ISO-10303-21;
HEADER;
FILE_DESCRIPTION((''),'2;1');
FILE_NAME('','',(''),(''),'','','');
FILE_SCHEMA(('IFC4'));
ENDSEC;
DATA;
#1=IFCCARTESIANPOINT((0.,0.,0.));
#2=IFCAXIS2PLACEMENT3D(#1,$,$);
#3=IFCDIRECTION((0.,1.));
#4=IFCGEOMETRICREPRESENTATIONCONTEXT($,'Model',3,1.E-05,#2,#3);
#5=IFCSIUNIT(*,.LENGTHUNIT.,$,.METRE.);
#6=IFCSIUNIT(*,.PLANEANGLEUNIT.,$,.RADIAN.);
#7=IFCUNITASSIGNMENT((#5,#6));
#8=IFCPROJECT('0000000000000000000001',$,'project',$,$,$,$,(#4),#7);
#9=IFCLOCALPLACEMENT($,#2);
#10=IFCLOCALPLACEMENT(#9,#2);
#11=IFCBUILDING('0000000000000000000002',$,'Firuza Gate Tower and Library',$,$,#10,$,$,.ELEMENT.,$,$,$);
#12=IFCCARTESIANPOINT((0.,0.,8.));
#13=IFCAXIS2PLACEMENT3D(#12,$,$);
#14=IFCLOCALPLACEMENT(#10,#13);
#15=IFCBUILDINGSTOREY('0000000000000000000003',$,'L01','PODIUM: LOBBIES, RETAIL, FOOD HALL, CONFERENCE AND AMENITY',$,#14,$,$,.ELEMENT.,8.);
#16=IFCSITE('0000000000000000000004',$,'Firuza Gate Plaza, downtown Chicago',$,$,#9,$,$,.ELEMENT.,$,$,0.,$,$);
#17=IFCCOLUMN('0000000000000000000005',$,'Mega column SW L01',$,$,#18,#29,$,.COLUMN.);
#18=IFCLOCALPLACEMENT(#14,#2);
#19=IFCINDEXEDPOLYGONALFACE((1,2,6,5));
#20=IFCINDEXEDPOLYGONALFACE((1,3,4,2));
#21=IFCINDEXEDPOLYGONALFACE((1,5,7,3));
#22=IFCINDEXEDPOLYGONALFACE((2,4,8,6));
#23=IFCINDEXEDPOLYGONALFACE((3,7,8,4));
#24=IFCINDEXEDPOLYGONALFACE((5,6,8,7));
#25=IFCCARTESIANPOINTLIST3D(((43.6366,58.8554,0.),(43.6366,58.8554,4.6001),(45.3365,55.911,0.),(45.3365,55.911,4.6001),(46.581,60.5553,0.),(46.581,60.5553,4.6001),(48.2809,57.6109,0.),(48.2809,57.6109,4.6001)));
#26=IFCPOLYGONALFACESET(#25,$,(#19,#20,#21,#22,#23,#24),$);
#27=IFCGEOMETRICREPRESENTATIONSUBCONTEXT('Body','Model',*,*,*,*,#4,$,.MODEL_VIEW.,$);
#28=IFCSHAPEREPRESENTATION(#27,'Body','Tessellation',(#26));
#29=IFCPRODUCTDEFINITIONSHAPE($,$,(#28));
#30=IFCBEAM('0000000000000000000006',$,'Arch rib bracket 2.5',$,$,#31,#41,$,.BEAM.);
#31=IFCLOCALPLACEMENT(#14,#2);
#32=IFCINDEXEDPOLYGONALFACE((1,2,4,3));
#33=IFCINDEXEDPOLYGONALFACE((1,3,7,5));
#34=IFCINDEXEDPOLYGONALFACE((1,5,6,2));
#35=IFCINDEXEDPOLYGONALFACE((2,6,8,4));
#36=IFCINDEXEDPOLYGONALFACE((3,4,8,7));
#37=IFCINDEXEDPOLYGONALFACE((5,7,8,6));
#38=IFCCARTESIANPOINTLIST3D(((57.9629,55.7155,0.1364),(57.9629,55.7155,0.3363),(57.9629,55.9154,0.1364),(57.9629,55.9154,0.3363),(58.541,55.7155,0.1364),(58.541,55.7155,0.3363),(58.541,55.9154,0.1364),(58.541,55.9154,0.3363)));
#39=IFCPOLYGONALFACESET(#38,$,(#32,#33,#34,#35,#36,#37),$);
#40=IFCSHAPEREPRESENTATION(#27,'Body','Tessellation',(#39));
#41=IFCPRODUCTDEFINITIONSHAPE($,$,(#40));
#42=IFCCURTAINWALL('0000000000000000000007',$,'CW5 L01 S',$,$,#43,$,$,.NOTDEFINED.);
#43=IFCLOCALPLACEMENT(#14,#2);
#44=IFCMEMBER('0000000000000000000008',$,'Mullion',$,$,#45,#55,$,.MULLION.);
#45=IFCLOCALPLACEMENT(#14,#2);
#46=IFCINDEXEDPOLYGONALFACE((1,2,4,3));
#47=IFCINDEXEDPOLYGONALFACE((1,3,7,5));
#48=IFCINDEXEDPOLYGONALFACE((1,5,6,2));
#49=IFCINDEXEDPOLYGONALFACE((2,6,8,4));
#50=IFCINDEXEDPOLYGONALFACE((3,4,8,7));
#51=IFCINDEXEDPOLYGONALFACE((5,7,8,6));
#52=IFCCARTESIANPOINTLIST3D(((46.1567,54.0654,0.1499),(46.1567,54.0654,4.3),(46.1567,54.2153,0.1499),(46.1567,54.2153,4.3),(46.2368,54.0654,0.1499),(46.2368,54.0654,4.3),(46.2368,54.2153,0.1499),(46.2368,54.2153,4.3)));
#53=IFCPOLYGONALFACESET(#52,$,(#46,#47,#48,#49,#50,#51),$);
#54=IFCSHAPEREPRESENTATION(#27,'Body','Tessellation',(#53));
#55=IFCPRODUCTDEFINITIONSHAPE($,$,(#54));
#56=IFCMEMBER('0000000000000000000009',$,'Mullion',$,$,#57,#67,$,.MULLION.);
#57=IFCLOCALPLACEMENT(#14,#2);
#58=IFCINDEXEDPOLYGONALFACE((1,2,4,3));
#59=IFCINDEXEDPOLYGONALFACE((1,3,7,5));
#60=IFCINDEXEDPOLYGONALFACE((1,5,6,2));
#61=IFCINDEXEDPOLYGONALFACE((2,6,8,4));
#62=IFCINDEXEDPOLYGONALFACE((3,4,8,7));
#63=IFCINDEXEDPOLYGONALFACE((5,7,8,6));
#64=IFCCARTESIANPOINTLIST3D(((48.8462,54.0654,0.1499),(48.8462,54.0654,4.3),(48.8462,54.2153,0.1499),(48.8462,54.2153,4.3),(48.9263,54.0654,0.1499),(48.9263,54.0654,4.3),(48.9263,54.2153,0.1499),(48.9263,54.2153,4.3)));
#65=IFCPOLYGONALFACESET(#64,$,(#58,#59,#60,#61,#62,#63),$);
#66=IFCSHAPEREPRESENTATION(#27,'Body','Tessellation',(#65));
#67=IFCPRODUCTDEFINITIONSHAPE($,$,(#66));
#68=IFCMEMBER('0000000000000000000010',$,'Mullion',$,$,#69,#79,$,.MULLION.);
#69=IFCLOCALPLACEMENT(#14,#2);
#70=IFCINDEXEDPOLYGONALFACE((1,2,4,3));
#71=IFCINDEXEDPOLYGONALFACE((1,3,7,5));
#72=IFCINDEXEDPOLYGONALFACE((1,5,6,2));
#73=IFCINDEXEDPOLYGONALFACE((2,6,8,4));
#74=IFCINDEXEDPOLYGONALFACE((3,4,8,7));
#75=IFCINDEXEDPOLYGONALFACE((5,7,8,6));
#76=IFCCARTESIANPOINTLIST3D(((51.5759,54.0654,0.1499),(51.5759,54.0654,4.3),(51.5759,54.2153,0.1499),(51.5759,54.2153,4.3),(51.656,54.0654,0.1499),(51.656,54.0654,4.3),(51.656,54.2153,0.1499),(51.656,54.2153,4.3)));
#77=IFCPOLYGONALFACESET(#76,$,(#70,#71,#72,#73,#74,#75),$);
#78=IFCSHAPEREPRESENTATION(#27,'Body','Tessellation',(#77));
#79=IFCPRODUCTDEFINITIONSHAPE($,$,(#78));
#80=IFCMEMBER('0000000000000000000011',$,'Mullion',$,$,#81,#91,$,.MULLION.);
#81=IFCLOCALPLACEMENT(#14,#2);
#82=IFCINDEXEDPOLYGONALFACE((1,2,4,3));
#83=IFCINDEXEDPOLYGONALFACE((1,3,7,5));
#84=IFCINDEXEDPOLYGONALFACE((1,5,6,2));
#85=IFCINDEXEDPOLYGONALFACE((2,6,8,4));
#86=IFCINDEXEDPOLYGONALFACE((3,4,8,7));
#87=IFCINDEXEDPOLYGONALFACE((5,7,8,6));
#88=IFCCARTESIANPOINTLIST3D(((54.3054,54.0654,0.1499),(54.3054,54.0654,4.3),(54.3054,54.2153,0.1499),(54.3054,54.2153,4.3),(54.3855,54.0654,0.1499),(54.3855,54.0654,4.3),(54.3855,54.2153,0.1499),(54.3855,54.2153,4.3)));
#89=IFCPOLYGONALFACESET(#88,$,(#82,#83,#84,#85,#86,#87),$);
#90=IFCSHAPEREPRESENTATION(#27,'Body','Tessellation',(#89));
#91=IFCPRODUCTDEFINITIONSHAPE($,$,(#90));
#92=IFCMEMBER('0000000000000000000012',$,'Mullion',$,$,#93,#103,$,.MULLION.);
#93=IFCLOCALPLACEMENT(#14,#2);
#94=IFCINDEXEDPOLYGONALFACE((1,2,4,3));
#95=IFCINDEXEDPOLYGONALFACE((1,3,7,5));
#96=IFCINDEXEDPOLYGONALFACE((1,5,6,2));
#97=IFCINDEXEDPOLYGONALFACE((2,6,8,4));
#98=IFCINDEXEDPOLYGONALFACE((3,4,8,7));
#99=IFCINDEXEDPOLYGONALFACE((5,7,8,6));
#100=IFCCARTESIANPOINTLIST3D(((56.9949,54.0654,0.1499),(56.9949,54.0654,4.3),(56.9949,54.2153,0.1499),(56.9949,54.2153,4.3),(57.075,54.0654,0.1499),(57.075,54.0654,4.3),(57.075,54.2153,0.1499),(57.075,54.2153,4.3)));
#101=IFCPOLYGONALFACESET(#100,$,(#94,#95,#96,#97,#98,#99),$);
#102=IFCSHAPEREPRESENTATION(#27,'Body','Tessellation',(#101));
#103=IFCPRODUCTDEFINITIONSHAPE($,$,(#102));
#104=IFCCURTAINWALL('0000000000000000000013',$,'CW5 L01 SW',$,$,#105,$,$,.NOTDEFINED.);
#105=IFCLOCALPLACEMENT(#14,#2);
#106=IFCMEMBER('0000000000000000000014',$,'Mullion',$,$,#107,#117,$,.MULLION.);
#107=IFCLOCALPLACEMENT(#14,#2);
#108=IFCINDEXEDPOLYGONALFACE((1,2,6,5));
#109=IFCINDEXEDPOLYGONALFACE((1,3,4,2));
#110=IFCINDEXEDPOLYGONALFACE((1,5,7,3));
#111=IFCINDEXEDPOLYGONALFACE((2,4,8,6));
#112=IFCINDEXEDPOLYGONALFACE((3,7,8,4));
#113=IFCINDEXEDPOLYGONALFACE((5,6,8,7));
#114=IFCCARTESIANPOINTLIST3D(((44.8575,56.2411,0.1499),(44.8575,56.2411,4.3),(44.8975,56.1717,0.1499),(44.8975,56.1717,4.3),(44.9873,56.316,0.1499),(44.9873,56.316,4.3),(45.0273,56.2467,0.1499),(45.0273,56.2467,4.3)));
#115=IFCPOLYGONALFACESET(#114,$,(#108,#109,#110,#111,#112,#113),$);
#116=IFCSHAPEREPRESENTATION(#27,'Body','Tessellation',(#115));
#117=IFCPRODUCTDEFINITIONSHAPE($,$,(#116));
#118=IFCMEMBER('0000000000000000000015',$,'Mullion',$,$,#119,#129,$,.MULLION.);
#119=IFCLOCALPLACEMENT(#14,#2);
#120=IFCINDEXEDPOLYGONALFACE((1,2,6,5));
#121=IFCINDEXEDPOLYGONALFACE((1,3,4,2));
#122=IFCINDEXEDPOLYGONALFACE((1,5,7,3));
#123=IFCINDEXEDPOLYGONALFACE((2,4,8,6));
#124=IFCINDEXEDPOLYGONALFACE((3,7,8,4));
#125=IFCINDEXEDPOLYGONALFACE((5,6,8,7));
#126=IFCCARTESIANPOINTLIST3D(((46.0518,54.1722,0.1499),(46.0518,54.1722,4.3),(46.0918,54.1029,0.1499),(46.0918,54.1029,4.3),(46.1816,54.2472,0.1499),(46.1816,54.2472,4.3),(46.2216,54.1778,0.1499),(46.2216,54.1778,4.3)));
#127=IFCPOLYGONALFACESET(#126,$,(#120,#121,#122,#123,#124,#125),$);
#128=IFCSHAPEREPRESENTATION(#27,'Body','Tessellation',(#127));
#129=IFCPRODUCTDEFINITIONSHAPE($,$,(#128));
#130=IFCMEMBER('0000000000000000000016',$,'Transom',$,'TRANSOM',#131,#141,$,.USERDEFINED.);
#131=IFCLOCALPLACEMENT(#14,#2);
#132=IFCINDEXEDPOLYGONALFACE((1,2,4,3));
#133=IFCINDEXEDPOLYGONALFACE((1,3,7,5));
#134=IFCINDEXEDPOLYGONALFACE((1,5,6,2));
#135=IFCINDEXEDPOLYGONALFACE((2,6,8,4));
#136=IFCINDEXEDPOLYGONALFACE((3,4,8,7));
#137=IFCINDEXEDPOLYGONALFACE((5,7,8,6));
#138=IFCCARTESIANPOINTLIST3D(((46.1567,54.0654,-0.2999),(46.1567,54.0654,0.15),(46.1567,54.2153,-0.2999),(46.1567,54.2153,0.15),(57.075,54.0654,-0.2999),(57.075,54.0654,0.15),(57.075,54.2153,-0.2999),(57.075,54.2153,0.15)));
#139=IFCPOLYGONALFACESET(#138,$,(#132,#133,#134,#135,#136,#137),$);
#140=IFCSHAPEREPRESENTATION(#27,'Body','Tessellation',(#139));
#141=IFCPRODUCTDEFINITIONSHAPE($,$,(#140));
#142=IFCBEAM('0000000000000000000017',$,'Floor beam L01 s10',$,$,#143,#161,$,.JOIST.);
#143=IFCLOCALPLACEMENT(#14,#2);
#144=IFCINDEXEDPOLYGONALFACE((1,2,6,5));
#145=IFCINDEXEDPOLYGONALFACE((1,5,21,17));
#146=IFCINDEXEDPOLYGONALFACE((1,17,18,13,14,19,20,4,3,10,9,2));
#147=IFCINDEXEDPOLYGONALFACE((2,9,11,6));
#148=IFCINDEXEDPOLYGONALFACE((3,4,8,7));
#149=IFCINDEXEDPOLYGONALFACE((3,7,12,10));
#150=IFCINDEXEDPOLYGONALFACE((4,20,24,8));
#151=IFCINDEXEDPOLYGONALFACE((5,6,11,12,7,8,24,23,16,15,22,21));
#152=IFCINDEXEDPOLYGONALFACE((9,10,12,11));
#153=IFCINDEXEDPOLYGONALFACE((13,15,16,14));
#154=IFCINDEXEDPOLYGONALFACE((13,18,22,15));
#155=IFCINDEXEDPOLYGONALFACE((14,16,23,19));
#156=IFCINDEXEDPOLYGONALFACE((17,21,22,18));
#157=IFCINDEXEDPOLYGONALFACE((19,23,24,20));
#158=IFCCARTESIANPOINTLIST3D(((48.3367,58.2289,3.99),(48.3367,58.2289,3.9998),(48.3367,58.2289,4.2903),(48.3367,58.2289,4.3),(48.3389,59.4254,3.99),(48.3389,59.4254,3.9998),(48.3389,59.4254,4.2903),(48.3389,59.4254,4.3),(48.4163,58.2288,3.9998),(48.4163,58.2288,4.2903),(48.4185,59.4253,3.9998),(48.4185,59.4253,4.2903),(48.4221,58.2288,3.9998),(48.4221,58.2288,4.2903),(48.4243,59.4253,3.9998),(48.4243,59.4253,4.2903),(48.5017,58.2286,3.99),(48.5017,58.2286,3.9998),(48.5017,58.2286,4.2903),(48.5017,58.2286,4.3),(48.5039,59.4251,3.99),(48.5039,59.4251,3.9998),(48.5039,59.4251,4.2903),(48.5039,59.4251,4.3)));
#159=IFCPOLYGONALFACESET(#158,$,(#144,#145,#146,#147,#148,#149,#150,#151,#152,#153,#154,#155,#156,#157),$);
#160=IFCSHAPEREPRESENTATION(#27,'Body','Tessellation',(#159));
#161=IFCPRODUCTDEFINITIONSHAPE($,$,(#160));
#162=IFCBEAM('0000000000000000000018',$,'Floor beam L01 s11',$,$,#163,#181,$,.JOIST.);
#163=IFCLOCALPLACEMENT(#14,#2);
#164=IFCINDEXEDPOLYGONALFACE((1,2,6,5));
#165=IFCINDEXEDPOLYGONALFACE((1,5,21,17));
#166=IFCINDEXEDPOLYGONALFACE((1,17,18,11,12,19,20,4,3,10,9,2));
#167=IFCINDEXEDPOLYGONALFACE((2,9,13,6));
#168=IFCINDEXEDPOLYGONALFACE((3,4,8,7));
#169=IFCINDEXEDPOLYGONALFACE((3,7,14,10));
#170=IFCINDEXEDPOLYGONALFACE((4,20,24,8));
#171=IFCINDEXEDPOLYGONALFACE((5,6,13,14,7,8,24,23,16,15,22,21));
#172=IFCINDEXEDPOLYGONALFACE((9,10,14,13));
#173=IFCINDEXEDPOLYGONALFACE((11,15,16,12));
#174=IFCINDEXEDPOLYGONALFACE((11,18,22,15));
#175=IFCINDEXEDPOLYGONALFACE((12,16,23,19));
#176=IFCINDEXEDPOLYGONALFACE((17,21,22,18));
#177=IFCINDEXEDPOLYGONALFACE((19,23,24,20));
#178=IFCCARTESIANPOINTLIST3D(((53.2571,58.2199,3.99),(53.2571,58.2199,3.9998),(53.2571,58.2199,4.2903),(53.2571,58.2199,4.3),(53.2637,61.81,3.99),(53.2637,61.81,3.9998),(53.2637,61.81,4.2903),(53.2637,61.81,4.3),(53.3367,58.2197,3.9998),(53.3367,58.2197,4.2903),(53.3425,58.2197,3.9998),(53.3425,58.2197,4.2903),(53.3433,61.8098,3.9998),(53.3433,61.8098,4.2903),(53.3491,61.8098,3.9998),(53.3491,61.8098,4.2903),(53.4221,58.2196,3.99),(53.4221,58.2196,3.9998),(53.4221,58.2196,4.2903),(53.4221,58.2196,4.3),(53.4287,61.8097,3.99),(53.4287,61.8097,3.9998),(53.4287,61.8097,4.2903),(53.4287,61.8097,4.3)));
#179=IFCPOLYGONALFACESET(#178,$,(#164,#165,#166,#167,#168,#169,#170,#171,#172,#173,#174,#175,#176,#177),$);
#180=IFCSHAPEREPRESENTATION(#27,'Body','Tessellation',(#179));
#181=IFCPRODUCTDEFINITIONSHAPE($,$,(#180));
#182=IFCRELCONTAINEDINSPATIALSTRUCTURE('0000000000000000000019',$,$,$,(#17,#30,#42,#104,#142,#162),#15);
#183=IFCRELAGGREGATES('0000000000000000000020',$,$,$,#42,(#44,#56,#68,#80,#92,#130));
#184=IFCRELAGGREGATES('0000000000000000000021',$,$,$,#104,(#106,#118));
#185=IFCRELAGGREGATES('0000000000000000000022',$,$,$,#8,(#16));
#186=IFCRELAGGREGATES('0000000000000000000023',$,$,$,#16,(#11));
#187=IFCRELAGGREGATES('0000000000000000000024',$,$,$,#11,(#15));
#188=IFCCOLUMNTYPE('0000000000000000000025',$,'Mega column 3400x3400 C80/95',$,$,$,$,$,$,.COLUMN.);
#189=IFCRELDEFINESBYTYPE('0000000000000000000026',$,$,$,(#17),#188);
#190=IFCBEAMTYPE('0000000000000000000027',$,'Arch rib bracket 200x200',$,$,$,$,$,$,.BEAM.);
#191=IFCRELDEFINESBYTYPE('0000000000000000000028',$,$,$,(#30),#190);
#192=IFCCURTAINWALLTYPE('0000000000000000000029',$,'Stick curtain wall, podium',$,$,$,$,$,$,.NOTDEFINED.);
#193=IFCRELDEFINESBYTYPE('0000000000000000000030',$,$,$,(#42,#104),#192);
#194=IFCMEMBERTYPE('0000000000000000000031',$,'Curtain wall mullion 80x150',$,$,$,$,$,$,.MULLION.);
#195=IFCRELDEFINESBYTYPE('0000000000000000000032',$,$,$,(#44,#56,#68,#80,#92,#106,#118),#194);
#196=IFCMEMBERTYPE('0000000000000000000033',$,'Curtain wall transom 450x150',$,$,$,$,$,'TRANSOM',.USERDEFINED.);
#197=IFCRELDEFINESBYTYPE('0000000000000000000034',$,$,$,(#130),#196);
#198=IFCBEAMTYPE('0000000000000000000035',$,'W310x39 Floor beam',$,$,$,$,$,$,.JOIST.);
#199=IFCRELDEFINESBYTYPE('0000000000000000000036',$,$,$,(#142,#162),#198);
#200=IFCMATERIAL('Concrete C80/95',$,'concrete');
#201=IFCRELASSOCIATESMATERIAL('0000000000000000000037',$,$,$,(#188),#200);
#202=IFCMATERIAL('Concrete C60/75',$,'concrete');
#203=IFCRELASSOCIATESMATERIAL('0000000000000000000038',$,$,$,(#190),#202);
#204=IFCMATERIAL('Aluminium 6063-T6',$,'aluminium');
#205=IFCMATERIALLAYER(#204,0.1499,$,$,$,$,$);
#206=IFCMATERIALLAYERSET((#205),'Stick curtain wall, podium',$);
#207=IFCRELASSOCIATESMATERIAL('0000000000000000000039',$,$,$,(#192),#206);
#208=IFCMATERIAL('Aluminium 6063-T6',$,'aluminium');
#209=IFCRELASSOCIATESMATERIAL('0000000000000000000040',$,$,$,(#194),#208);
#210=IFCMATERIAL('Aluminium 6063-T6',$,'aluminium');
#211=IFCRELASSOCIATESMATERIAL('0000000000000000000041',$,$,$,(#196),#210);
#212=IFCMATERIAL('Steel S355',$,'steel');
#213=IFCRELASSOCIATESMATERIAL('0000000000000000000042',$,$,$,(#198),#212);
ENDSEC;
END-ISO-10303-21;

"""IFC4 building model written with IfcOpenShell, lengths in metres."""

from ifc_helpers import new_model, si_unit, direction, frame, origin, origin_2d, place, context, subcontext, project, spatial, rectangle, i_section, extrude, material, layer, layer_set, material_profile, profile_set, type_object, element, aggregate, save


model = new_model("IFC4")

# Units and contexts
model_context = context("Model", 3, precision=1e-05, world=origin(), true_north=direction((0.0, 1.0)))
body_context = subcontext(model_context, "Body", "Model", "MODEL_VIEW")
ifc_project = project(units=[si_unit("LENGTHUNIT", "METRE"), si_unit("PLANEANGLEUNIT", "RADIAN")], contexts=[model_context])

# Site, building, storey
site_placement = place(None, origin())
site = spatial("IfcSite", under=ifc_project, at=site_placement, Name="Firuza Gate Plaza, downtown Chicago", CompositionType="ELEMENT", RefElevation=0.0)
building_placement = place(site_placement, origin())
building = spatial("IfcBuilding", under=site, at=building_placement, Name="Firuza Gate Tower and Library", CompositionType="ELEMENT")
storey_placement = place(building_placement, frame((0.0, 0.0, 8.0)))
storey = spatial("IfcBuildingStorey", under=building, at=storey_placement, Name="L01", Description="PODIUM: LOBBIES, RETAIL, FOOD HALL, CONFERENCE AND AMENITY", CompositionType="ELEMENT", Elevation=8.0)

# Column
ifc_material_1 = material(Name="Concrete C80/95", Category="concrete")
ifc_material_profile_1 = material_profile(ifc_material_1, rectangle(XDim=3.3999, YDim=3.3999, at=origin_2d()))
ifc_profile_set_1 = profile_set([ifc_material_profile_1], Name="Concrete C80/95")
column_type = type_object("IfcColumnType", Name="Mega column 3400x3400 C80/95", PredefinedType="COLUMN", material=ifc_profile_set_1)
column_placement = place(storey_placement, frame((45.9587, 58.2332, 0.0), z_axis=(0.0, 0.0, 1.0), x_axis=(0.5, -0.866025, 0.0)))
element("IfcColumn", 1, at=column_placement, inside=storey, type_object=column_type, Name="Mega column SW L01", PredefinedType="COLUMN", context=body_context, shape_type="SweptSolid", body=[
    extrude(rectangle(XDim=3.3999, YDim=3.3999, at=origin_2d()), origin(), (0.0, 0.0, 1.0), 4.6001),
])

# Beam
ifc_material_2 = material(Name="Concrete C60/75", Category="concrete")
ifc_material_profile_2 = material_profile(ifc_material_2, rectangle(XDim=0.2, YDim=0.2, at=origin_2d()))
ifc_profile_set_2 = profile_set([ifc_material_profile_2], Name="Concrete C60/75")
beam_type_1 = type_object("IfcBeamType", Name="Arch rib bracket 200x200", PredefinedType="BEAM", material=ifc_profile_set_2)
beam_1_placement = place(storey_placement, frame((57.9629, 55.8154, 0.2363), z_axis=(1.0, 0.0, 0.0), x_axis=(0.0, 1.0, 0.0)))
element("IfcBeam", 2, at=beam_1_placement, inside=storey, type_object=beam_type_1, Name="Arch rib bracket 2.5", PredefinedType="BEAM", context=body_context, shape_type="SweptSolid", body=[
    extrude(rectangle(XDim=0.2, YDim=0.2, at=origin_2d()), origin(), (0.0, 0.0, 1.0), 0.5781),
])

# Curtain walls, members
ifc_material_3 = material(Name="Aluminium 6063-T6", Category="aluminium")
ifc_layer_1 = layer(ifc_material_3, 0.1499)
ifc_layer_set_1 = layer_set([ifc_layer_1], Name="Stick curtain wall, podium")
curtain_wall_type = type_object("IfcCurtainWallType", Name="Stick curtain wall, podium", PredefinedType="NOTDEFINED", material=ifc_layer_set_1)
placement_1 = place(storey_placement, origin())
curtain_wall_1 = element("IfcCurtainWall", 3, at=placement_1, inside=storey, type_object=curtain_wall_type, Name="CW5 L01 S", PredefinedType="NOTDEFINED")
ifc_material_4 = material(Name="Aluminium 6063-T6", Category="aluminium")
ifc_material_profile_3 = material_profile(ifc_material_4, rectangle(XDim=0.1499, YDim=0.0801, at=origin_2d()))
ifc_profile_set_3 = profile_set([ifc_material_profile_3], Name="Aluminium 6063-T6")
member_type_1 = type_object("IfcMemberType", Name="Curtain wall mullion 80x150", PredefinedType="MULLION", material=ifc_profile_set_3)
member_1_placement = place(storey_placement, frame((46.1968, 54.1404, 0.1499), z_axis=(0.0, 0.0, 1.0), x_axis=(0.0, 1.0, 0.0)))
member_1 = element("IfcMember", 4, at=member_1_placement, type_object=member_type_1, Name="Mullion", PredefinedType="MULLION", context=body_context, shape_type="SweptSolid", body=[
    extrude(rectangle(XDim=0.1499, YDim=0.0801, at=origin_2d()), origin(), (0.0, 0.0, 1.0), 4.1501),
])
member_2_placement = place(storey_placement, frame((48.8862, 54.1404, 0.1499), z_axis=(0.0, 0.0, 1.0), x_axis=(0.0, 1.0, 0.0)))
member_2 = element("IfcMember", 5, at=member_2_placement, type_object=member_type_1, Name="Mullion", PredefinedType="MULLION", context=body_context, shape_type="SweptSolid", body=[
    extrude(rectangle(XDim=0.1499, YDim=0.0801, at=origin_2d()), origin(), (0.0, 0.0, 1.0), 4.1501),
])
member_3_placement = place(storey_placement, frame((51.616, 54.1404, 0.1499), z_axis=(0.0, 0.0, 1.0), x_axis=(0.0, 1.0, 0.0)))
member_3 = element("IfcMember", 6, at=member_3_placement, type_object=member_type_1, Name="Mullion", PredefinedType="MULLION", context=body_context, shape_type="SweptSolid", body=[
    extrude(rectangle(XDim=0.1499, YDim=0.0801, at=origin_2d()), origin(), (0.0, 0.0, 1.0), 4.1501),
])
member_4_placement = place(storey_placement, frame((54.3455, 54.1404, 0.1499), z_axis=(0.0, 0.0, 1.0), x_axis=(0.0, 1.0, 0.0)))
member_4 = element("IfcMember", 7, at=member_4_placement, type_object=member_type_1, Name="Mullion", PredefinedType="MULLION", context=body_context, shape_type="SweptSolid", body=[
    extrude(rectangle(XDim=0.1499, YDim=0.0801, at=origin_2d()), origin(), (0.0, 0.0, 1.0), 4.1501),
])
member_5_placement = place(storey_placement, frame((57.0349, 54.1404, 0.1499), z_axis=(0.0, 0.0, 1.0), x_axis=(0.0, 1.0, 0.0)))
member_5 = element("IfcMember", 8, at=member_5_placement, type_object=member_type_1, Name="Mullion", PredefinedType="MULLION", context=body_context, shape_type="SweptSolid", body=[
    extrude(rectangle(XDim=0.1499, YDim=0.0801, at=origin_2d()), origin(), (0.0, 0.0, 1.0), 4.1501),
])
curtain_wall_2 = element("IfcCurtainWall", 9, at=placement_1, inside=storey, type_object=curtain_wall_type, Name="CW5 L01 SW", PredefinedType="NOTDEFINED")
member_6_placement = place(storey_placement, frame((44.9424, 56.2439, 0.1499), z_axis=(0.0, 0.0, 1.0), x_axis=(0.866025, 0.5, 0.0)))
member_6 = element("IfcMember", 10, at=member_6_placement, type_object=member_type_1, Name="Mullion", PredefinedType="MULLION", context=body_context, shape_type="SweptSolid", body=[
    extrude(rectangle(XDim=0.1499, YDim=0.0801, at=origin_2d()), origin(), (0.0, 0.0, 1.0), 4.1501),
])
member_7_placement = place(storey_placement, frame((46.1367, 54.175, 0.1499), z_axis=(0.0, 0.0, 1.0), x_axis=(0.866025, 0.5, 0.0)))
member_7 = element("IfcMember", 11, at=member_7_placement, type_object=member_type_1, Name="Mullion", PredefinedType="MULLION", context=body_context, shape_type="SweptSolid", body=[
    extrude(rectangle(XDim=0.1499, YDim=0.0801, at=origin_2d()), origin(), (0.0, 0.0, 1.0), 4.1501),
])

# Member
ifc_material_5 = material(Name="Aluminium 6063-T6", Category="aluminium")
ifc_material_profile_4 = material_profile(ifc_material_5, rectangle(XDim=0.1499, YDim=0.45, at=origin_2d()))
ifc_profile_set_4 = profile_set([ifc_material_profile_4], Name="Aluminium 6063-T6")
member_type_2 = type_object("IfcMemberType", Name="Curtain wall transom 450x150", ElementType="TRANSOM", PredefinedType="USERDEFINED", material=ifc_profile_set_4)
member_8_placement = place(storey_placement, frame((46.1567, 54.1404, -0.075), z_axis=(1.0, 0.0, 0.0), x_axis=(0.0, 1.0, 0.0)))
member_8 = element("IfcMember", 12, at=member_8_placement, type_object=member_type_2, Name="Transom", ObjectType="TRANSOM", PredefinedType="USERDEFINED", context=body_context, shape_type="SweptSolid", body=[
    extrude(rectangle(XDim=0.1499, YDim=0.45, at=origin_2d()), origin(), (0.0, 0.0, 1.0), 10.9182),
])

# Beams
ifc_material_6 = material(Name="Steel S355", Category="steel")
ifc_material_profile_5 = material_profile(ifc_material_6, i_section(OverallWidth=0.165, OverallDepth=0.3101, WebThickness=0.0059, FlangeThickness=0.0098, at=origin_2d()))
ifc_profile_set_5 = profile_set([ifc_material_profile_5], Name="Steel S355")
beam_type_2 = type_object("IfcBeamType", Name="W310x39 Floor beam", PredefinedType="JOIST", material=ifc_profile_set_5)
beam_2_placement = place(storey_placement, frame((48.4192, 58.2288, 4.145), z_axis=(0.001836, 0.999998, 0.0), x_axis=(-0.999998, 0.001836, 0.0)))
element("IfcBeam", 13, at=beam_2_placement, inside=storey, type_object=beam_type_2, Name="Floor beam L01 s10", PredefinedType="JOIST", context=body_context, shape_type="SweptSolid", body=[
    extrude(i_section(OverallWidth=0.165, OverallDepth=0.3101, WebThickness=0.0059, FlangeThickness=0.0098, at=origin_2d()), origin(), (0.0, 0.0, 1.0), 1.1965),
])
beam_3_placement = place(storey_placement, frame((53.3396, 58.2197, 4.145), z_axis=(0.001836, 0.999998, 0.0), x_axis=(-0.999998, 0.001836, 0.0)))
element("IfcBeam", 14, at=beam_3_placement, inside=storey, type_object=beam_type_2, Name="Floor beam L01 s11", PredefinedType="JOIST", context=body_context, shape_type="SweptSolid", body=[
    extrude(i_section(OverallWidth=0.165, OverallDepth=0.3101, WebThickness=0.0059, FlangeThickness=0.0098, at=origin_2d()), origin(), (0.0, 0.0, 1.0), 3.5901),
])

aggregate(curtain_wall_1, [member_1, member_2, member_3, member_4, member_5, member_8])
aggregate(curtain_wall_2, [member_6, member_7])

save(model, "model.ifc")
